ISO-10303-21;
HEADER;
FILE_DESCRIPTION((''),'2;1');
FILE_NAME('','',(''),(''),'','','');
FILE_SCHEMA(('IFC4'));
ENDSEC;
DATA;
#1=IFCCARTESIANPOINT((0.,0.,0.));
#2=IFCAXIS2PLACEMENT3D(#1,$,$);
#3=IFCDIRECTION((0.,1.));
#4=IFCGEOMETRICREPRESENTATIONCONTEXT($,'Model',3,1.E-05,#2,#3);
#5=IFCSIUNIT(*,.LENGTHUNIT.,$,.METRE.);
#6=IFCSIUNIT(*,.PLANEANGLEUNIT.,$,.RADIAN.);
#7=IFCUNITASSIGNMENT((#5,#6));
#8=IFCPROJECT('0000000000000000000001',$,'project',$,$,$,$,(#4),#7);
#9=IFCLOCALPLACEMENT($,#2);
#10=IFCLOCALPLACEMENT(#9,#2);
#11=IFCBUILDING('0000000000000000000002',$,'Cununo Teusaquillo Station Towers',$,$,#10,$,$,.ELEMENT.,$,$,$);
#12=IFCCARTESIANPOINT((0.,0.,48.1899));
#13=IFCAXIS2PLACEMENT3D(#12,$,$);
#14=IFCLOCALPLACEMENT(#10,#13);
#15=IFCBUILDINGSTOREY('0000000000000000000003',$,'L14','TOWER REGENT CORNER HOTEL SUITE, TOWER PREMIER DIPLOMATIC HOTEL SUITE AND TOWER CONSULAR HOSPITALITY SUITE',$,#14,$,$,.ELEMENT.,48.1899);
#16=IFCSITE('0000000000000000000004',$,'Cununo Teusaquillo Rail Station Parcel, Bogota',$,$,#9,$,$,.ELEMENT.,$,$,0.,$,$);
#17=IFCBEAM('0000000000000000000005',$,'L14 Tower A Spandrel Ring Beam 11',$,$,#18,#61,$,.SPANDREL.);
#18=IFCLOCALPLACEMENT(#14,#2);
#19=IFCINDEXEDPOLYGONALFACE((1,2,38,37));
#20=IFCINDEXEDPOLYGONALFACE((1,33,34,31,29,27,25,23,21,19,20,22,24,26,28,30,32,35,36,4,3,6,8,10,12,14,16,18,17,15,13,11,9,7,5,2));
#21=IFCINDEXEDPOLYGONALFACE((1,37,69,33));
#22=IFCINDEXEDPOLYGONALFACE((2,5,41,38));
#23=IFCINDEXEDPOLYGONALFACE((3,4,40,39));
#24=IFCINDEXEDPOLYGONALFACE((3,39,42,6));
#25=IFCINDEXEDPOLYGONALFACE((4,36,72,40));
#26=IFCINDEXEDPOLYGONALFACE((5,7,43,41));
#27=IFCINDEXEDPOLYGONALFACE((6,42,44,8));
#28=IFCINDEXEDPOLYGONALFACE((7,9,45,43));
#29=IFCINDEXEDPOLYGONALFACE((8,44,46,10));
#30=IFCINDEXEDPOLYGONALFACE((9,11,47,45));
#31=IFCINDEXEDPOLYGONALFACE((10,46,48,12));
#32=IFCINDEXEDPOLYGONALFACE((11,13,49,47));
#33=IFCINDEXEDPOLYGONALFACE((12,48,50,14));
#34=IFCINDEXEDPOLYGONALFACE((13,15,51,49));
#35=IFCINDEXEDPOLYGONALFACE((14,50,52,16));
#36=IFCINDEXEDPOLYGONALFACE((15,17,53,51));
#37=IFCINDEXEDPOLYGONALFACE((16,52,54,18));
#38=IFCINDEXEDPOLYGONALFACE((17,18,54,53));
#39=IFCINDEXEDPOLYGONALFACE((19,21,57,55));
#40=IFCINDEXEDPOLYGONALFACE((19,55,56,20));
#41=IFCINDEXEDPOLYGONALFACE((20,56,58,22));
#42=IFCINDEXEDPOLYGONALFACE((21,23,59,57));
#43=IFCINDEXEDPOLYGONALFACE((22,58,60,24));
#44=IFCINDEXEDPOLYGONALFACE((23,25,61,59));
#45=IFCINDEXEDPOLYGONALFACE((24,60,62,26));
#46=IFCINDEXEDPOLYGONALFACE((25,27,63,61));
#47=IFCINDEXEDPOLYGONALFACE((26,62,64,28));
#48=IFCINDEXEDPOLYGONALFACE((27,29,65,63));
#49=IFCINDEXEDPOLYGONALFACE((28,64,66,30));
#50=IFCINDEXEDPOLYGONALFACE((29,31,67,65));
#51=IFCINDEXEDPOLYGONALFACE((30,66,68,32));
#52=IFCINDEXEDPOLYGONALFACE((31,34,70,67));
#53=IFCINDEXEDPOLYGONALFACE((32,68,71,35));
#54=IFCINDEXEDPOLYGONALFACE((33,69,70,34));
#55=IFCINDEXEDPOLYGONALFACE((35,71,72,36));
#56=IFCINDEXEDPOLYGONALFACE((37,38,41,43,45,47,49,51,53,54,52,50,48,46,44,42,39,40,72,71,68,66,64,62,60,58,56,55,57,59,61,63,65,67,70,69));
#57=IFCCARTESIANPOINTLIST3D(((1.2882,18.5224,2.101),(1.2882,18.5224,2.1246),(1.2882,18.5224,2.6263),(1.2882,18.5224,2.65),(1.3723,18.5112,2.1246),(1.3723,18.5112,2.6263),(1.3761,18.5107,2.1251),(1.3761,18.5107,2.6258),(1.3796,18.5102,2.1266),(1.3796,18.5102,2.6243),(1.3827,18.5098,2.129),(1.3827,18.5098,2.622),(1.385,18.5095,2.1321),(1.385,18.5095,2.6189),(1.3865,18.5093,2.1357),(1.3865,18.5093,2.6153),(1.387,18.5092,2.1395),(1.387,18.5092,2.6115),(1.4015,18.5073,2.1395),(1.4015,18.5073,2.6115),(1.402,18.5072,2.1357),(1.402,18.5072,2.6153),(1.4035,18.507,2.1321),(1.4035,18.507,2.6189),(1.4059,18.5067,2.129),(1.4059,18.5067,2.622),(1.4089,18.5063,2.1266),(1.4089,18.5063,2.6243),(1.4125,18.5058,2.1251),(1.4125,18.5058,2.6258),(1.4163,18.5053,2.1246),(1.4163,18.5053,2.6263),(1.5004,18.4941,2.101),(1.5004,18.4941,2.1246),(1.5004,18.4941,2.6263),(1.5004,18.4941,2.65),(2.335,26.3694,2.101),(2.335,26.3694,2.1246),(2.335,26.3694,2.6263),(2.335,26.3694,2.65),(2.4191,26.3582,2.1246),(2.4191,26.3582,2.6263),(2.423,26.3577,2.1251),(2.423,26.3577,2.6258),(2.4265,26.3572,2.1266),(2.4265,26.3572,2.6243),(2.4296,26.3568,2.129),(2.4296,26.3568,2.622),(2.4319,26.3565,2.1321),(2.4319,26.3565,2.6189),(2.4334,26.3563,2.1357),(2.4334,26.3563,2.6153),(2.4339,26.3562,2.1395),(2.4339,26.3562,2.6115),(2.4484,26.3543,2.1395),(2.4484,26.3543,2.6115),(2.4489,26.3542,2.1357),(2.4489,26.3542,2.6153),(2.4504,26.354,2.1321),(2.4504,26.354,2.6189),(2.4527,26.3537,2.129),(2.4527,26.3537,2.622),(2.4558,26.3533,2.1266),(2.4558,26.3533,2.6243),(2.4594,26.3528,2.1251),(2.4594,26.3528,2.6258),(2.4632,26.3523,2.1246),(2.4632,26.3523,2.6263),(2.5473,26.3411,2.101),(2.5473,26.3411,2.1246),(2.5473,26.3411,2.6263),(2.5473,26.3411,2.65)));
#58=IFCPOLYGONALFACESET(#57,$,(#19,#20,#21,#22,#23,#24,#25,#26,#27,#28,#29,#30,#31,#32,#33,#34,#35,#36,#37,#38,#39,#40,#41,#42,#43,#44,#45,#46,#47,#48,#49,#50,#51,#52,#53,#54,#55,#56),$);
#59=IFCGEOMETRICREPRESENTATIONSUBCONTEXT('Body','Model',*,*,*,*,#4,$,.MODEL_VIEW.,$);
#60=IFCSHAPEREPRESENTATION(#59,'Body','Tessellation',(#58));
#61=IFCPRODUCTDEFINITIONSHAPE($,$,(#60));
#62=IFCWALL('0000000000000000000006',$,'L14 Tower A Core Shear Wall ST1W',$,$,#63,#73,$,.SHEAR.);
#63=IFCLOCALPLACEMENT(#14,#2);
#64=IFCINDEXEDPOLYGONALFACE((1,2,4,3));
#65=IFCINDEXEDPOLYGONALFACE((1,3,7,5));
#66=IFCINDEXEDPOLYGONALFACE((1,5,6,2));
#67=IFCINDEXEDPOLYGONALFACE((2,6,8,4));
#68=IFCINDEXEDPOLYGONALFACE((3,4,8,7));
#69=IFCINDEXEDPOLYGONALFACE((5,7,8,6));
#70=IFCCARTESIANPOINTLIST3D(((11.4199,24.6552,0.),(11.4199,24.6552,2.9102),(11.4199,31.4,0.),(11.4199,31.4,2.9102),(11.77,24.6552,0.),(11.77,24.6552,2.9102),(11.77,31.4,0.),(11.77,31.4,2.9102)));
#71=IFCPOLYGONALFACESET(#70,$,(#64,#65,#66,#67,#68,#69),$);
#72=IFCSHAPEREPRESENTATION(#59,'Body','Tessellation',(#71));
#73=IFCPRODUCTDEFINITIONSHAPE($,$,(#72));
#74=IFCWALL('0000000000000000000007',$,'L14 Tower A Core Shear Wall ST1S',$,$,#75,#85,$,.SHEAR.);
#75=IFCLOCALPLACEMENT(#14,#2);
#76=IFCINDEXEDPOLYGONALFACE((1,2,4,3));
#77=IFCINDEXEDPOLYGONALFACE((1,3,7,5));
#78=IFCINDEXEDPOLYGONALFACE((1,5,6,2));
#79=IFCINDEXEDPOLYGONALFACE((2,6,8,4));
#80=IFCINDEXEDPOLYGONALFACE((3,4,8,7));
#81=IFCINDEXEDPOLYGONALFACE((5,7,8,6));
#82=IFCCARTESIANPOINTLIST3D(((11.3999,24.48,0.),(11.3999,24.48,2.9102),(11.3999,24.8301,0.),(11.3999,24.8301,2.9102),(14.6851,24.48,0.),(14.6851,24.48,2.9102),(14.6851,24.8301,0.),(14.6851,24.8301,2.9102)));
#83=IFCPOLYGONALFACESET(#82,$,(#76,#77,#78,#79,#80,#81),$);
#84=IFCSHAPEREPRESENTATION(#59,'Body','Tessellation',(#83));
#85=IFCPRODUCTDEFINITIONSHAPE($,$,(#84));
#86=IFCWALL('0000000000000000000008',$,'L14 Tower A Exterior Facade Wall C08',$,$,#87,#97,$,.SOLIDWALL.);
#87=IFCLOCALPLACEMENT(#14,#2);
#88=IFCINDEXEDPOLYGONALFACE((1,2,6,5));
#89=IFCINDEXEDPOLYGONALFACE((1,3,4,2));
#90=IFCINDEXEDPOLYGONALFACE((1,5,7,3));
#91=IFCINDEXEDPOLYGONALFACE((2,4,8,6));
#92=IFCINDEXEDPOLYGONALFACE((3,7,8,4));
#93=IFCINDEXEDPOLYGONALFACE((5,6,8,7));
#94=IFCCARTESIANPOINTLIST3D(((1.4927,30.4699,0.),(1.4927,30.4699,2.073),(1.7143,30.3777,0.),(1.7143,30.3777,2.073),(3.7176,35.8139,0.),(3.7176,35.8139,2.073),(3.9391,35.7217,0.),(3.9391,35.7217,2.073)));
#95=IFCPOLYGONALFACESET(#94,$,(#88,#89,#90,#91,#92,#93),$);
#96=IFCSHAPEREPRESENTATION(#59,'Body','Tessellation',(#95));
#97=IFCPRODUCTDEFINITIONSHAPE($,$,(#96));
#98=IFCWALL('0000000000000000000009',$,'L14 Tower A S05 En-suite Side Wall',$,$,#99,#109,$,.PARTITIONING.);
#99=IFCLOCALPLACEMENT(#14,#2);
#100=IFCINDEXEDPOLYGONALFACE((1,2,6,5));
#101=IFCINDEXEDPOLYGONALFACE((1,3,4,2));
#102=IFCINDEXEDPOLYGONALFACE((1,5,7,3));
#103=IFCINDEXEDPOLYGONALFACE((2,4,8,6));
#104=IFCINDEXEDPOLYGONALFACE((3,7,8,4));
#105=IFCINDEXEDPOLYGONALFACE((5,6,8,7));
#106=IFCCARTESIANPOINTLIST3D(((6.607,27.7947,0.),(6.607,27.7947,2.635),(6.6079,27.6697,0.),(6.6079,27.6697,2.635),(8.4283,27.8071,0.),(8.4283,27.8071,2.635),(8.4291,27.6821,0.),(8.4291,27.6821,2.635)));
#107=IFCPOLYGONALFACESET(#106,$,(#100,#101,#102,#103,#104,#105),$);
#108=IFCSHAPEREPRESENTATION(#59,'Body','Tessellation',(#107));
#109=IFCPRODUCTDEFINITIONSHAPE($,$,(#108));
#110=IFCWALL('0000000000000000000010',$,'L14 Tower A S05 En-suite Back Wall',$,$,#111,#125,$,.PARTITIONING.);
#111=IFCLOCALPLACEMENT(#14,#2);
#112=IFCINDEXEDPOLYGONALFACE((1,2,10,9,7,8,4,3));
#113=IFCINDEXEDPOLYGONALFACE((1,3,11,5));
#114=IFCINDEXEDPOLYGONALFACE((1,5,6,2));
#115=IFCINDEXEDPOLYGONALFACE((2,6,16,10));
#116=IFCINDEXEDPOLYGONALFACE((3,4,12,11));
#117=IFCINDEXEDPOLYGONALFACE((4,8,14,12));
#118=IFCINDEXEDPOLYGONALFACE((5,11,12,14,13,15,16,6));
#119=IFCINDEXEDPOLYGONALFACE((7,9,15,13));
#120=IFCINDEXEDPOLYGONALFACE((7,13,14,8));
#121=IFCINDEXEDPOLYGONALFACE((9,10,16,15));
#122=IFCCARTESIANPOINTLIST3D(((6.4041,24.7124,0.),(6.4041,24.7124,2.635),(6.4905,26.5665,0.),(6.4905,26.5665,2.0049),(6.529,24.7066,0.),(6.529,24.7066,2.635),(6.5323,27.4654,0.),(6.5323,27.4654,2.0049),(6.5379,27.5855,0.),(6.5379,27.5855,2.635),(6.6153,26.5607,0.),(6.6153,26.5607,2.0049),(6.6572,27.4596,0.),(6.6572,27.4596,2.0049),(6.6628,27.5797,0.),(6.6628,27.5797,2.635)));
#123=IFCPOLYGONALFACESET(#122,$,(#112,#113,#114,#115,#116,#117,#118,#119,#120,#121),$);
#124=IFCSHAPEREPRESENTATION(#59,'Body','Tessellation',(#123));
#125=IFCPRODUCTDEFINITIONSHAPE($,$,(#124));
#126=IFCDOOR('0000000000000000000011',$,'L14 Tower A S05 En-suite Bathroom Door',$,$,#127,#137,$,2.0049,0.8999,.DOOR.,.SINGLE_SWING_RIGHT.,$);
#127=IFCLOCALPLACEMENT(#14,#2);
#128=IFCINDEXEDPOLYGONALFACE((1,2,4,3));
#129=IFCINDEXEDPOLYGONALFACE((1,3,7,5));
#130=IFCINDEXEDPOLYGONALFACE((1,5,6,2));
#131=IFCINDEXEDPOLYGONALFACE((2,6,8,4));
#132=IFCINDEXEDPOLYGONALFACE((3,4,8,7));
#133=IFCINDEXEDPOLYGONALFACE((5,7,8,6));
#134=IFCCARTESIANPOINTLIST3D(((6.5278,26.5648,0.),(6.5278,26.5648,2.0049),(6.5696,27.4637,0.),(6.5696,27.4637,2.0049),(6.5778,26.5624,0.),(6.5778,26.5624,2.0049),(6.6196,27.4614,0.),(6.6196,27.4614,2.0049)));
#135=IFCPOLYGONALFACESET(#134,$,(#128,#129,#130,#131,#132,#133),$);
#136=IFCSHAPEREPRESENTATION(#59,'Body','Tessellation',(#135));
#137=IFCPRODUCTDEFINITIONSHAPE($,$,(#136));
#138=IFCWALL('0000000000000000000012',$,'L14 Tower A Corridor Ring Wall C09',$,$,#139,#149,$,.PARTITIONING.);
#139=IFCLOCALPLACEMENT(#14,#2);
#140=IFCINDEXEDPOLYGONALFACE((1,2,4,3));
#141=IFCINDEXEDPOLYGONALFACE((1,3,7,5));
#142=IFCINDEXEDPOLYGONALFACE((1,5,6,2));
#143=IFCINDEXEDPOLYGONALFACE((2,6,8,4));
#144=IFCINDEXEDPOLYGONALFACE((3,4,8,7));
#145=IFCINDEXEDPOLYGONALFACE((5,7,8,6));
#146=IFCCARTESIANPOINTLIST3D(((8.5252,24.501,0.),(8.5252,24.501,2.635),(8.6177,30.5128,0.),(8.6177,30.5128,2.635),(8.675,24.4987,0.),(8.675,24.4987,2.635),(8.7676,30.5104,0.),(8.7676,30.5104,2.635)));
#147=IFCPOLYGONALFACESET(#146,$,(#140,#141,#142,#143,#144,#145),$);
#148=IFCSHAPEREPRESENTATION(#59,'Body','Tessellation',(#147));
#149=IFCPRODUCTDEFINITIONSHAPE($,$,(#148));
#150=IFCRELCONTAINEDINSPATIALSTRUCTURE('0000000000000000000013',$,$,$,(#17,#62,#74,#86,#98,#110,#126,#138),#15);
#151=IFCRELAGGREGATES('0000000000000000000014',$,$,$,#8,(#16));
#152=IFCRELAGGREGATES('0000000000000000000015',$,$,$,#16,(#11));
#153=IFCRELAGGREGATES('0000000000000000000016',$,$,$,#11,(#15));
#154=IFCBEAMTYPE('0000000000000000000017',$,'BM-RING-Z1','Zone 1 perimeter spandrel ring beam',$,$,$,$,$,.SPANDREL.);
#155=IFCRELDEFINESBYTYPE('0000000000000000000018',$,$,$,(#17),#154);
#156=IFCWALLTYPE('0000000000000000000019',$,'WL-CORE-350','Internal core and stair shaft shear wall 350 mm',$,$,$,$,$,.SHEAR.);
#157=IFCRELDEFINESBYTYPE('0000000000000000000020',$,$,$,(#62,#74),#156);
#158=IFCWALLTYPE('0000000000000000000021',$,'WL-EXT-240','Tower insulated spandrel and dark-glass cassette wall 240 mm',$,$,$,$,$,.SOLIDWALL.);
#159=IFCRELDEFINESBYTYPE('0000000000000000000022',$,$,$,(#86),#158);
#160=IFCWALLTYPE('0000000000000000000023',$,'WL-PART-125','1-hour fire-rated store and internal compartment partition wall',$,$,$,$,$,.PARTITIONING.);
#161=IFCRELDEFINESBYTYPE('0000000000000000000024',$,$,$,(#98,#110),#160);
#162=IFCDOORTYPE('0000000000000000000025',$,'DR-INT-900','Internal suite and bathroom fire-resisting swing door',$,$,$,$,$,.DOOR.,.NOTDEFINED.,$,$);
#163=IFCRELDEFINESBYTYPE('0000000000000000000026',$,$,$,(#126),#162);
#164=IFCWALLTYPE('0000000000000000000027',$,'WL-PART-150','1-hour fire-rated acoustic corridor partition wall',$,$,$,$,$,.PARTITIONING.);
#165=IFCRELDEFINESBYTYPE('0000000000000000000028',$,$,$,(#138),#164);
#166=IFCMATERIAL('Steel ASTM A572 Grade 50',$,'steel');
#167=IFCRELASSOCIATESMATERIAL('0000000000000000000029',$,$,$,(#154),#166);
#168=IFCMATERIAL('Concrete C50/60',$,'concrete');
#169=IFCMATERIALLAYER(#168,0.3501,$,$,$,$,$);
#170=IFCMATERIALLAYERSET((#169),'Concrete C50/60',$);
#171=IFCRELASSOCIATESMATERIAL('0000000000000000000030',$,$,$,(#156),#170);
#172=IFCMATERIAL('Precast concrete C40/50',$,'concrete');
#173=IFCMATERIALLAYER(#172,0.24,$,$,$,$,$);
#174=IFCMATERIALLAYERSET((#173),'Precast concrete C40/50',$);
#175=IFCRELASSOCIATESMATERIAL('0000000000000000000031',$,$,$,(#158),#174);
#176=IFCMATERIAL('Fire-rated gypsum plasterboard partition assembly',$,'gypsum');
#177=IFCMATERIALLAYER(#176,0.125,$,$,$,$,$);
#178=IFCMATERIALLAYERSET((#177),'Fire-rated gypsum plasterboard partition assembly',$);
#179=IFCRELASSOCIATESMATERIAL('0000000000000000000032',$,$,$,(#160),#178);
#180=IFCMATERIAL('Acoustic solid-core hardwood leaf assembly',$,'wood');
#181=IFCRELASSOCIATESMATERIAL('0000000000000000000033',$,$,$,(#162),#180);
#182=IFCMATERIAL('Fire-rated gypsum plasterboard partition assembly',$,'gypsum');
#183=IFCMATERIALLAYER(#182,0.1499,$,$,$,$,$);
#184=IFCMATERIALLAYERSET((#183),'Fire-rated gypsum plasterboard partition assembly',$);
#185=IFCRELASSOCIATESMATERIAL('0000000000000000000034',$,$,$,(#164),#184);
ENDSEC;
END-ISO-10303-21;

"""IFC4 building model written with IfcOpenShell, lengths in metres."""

from ifc_helpers import new_model, si_unit, direction, frame, frame_2d, origin, origin_2d, place, context, subcontext, project, spatial, rectangle, i_section, extrude, source, transform, mapped, material, layer, layer_set, material_profile, profile_set, type_object, element, fill, save


model = new_model("IFC4")

# Units and contexts
model_context = context("Model", 3, precision=1e-05, world=origin(), true_north=direction((0.0, 1.0)))
body_context = subcontext(model_context, "Body", "Model", "MODEL_VIEW")
ifc_project = project(units=[si_unit("LENGTHUNIT", "METRE"), si_unit("PLANEANGLEUNIT", "RADIAN")], contexts=[model_context])

# Site, building, storey
site_placement = place(None, origin())
site = spatial("IfcSite", under=ifc_project, at=site_placement, Name="Cununo Teusaquillo Rail Station Parcel, Bogota", CompositionType="ELEMENT", RefElevation=0.0)
building_placement = place(site_placement, origin())
building = spatial("IfcBuilding", under=site, at=building_placement, Name="Cununo Teusaquillo Station Towers", CompositionType="ELEMENT")
storey_placement = place(building_placement, frame((0.0, 0.0, 48.1899)))
storey = spatial("IfcBuildingStorey", under=building, at=storey_placement, Name="L14", Description="TOWER REGENT CORNER HOTEL SUITE, TOWER PREMIER DIPLOMATIC HOTEL SUITE AND TOWER CONSULAR HOSPITALITY SUITE", CompositionType="ELEMENT", Elevation=48.1899)

# Beam
ifc_material_1 = material(Name="Steel ASTM A572 Grade 50", Category="steel")
ifc_material_profile_1 = material_profile(ifc_material_1, i_section(OverallWidth=0.2141, OverallDepth=0.5491, WebThickness=0.0146, FlangeThickness=0.0237, FilletRadius=0.0149, at=origin_2d()), Name="W21X93")
ifc_profile_set_1 = profile_set([ifc_material_profile_1], Name="Steel ASTM A572 Grade 50")
beam_type_1 = type_object("IfcBeamType", Name="BM-RING-Z1", Description="Zone 1 perimeter spandrel ring beam", PredefinedType="SPANDREL", material=ifc_profile_set_1)
beam_1_placement = place(storey_placement, frame((2.4412, 26.3552, 2.3755), z_axis=(-0.13224, -0.991218, 0.0), x_axis=(0.991218, -0.13224, 0.0)))
element("IfcBeam", 1, at=beam_1_placement, inside=storey, type_object=beam_type_1, Name="L14 Tower A Spandrel Ring Beam 11", PredefinedType="SPANDREL", context=body_context, shape_type="SweptSolid", body=[
    extrude(i_section(OverallWidth=0.2141, OverallDepth=0.5491, WebThickness=0.0146, FlangeThickness=0.0237, FilletRadius=0.0149, at=origin_2d()), origin(), (0.0, 0.0, 1.0), 7.9165),
])

# Walls
ifc_material_2 = material(Name="Concrete C50/60", Category="concrete")
ifc_layer_1 = layer(ifc_material_2, 0.3501)
ifc_layer_set_1 = layer_set([ifc_layer_1], Name="Concrete C50/60")
wall_type_1 = type_object("IfcWallType", Name="WL-CORE-350", Description="Internal core and stair shaft shear wall 350 mm", PredefinedType="SHEAR", material=ifc_layer_set_1)
wall_1_placement = place(storey_placement, frame((11.595, 24.655, 0.0), z_axis=(0.0, 0.0, 1.0), x_axis=(0.0, 1.0, 0.0)))
element("IfcWall", 2, at=wall_1_placement, inside=storey, type_object=wall_type_1, Name="L14 Tower A Core Shear Wall ST1W", PredefinedType="SHEAR", context=body_context, shape_type="SweptSolid", body=[
    extrude(rectangle(XDim=6.7449, YDim=0.3501, at=frame_2d((3.3726, 0.0))), origin(), (0.0, 0.0, 1.0), 2.9102),
])
wall_2_placement = place(storey_placement, frame((11.3999, 24.655, 0.0), z_axis=(0.0, 0.0, 1.0), x_axis=(1.0, 0.0, 0.0)))
element("IfcWall", 3, at=wall_2_placement, inside=storey, type_object=wall_type_1, Name="L14 Tower A Core Shear Wall ST1S", PredefinedType="SHEAR", context=body_context, shape_type="SweptSolid", body=[
    extrude(rectangle(XDim=3.2852, YDim=0.3501, at=frame_2d((1.6426, 0.0))), origin(), (0.0, 0.0, 1.0), 2.9102),
])
ifc_material_3 = material(Name="Precast concrete C40/50", Category="concrete")
ifc_layer_2 = layer(ifc_material_3, 0.24)
ifc_layer_set_2 = layer_set([ifc_layer_2], Name="Precast concrete C40/50")
wall_type_2 = type_object("IfcWallType", Name="WL-EXT-240", Description="Tower insulated spandrel and dark-glass cassette wall 240 mm", PredefinedType="SOLIDWALL", material=ifc_layer_set_2)
wall_3_placement = place(storey_placement, frame((1.6035, 30.4238, 0.0), z_axis=(0.0, 0.0, 1.0), x_axis=(0.384349, 0.923188, 0.0)))
element("IfcWall", 4, at=wall_3_placement, inside=storey, type_object=wall_type_2, Name="L14 Tower A Exterior Facade Wall C08", PredefinedType="SOLIDWALL", context=body_context, shape_type="SweptSolid", body=[
    extrude(rectangle(XDim=5.7886, YDim=0.24, at=frame_2d((2.8943, 0.0))), origin(), (0.0, 0.0, 1.0), 2.073),
])
ifc_material_4 = material(Name="Fire-rated gypsum plasterboard partition assembly", Category="gypsum")
ifc_layer_3 = layer(ifc_material_4, 0.125)
ifc_layer_set_3 = layer_set([ifc_layer_3], Name="Fire-rated gypsum plasterboard partition assembly")
wall_type_3 = type_object("IfcWallType", Name="WL-PART-125", Description="1-hour fire-rated store and internal compartment partition wall", PredefinedType="PARTITIONING", material=ifc_layer_set_3)
wall_4_placement = place(storey_placement, frame((8.4287, 27.7446, 0.0), z_axis=(0.0, 0.0, 1.0), x_axis=(-0.999977, -0.006836, 0.0)))
element("IfcWall", 5, at=wall_4_placement, inside=storey, type_object=wall_type_3, Name="L14 Tower A S05 En-suite Side Wall", PredefinedType="PARTITIONING", context=body_context, shape_type="SweptSolid", body=[
    extrude(rectangle(XDim=1.8213, YDim=0.125, at=frame_2d((0.9106, 0.0))), origin(), (0.0, 0.0, 1.0), 2.635),
])

# Wall, opening, door
wall_5_placement = place(storey_placement, frame((6.6003, 27.5825, 0.0), z_axis=(0.0, 0.0, 1.0), x_axis=(-0.046517, -0.998918, 0.0)))
wall_5 = element("IfcWall", 6, at=wall_5_placement, inside=storey, type_object=wall_type_3, Name="L14 Tower A S05 En-suite Back Wall", PredefinedType="PARTITIONING", context=body_context, shape_type="SweptSolid", body=[
    extrude(rectangle(XDim=2.8762, YDim=0.125, at=frame_2d((1.438, 0.0))), origin(), (0.0, 0.0, 1.0), 2.635),
])
shared_shape_1 = source(origin(), body_context, "Body", "SweptSolid", [
    extrude(rectangle(XDim=0.8999, YDim=2.0049, at=frame_2d((0.45, 1.0024))), frame((0.0, 0.0725, 0.0), z_axis=(0.0, -1.0, 0.0), x_axis=(1.0, 0.0, 0.0)), (0.0, 0.0, 1.0), 0.145),
])
opening_1_placement = place(wall_5_placement, frame((0.1201, 0.0, 0.0)))
opening_1 = element("IfcOpeningElement", 7, at=opening_1_placement, cuts=wall_5, PredefinedType="OPENING", context=body_context, shape_type="MappedRepresentation", body=[
    mapped(shared_shape_1, transform((0.0, 0.0, 0.0), x_axis=(1.0, 0.0, 0.0), y_axis=(0.0, 1.0, 0.0), z_axis=(0.0, 0.0, 1.0), scale=1.0)),
])
ifc_material_5 = material(Name="Acoustic solid-core hardwood leaf assembly", Category="wood")
door_type_1 = type_object("IfcDoorType", Name="DR-INT-900", Description="Internal suite and bathroom fire-resisting swing door", OperationType="NOTDEFINED", PredefinedType="DOOR", material=ifc_material_5)
shared_shape_2 = source(origin(), body_context, "Body", "SweptSolid", [
    extrude(rectangle(XDim=0.8999, YDim=2.0049, at=frame_2d((0.45, 1.0024))), frame((0.0, 0.0249, 0.0), z_axis=(0.0, -1.0, 0.0), x_axis=(1.0, 0.0, 0.0)), (0.0, 0.0, 1.0), 0.05),
])
door_1_placement = place(opening_1_placement, origin())
door_1 = element("IfcDoor", 8, at=door_1_placement, inside=storey, type_object=door_type_1, Name="L14 Tower A S05 En-suite Bathroom Door", OperationType="SINGLE_SWING_RIGHT", OverallHeight=2.0049, OverallWidth=0.8999, PredefinedType="DOOR", context=body_context, shape_type="MappedRepresentation", body=[
    mapped(shared_shape_2, transform((0.0, 0.0, 0.0), x_axis=(1.0, 0.0, 0.0), y_axis=(0.0, 1.0, 0.0), z_axis=(0.0, 0.0, 1.0), scale=1.0)),
])
fill(opening_1, door_1)

# Wall
ifc_material_6 = material(Name="Fire-rated gypsum plasterboard partition assembly", Category="gypsum")
ifc_layer_4 = layer(ifc_material_6, 0.1499)
ifc_layer_set_4 = layer_set([ifc_layer_4], Name="Fire-rated gypsum plasterboard partition assembly")
wall_type_4 = type_object("IfcWallType", Name="WL-PART-150", Description="1-hour fire-rated acoustic corridor partition wall", PredefinedType="PARTITIONING", material=ifc_layer_set_4)
wall_6_placement = place(storey_placement, frame((8.6926, 30.5117, 0.0), z_axis=(0.0, 0.0, 1.0), x_axis=(-0.01539, -0.999882, 0.0)))
element("IfcWall", 9, at=wall_6_placement, inside=storey, type_object=wall_type_4, Name="L14 Tower A Corridor Ring Wall C09", PredefinedType="PARTITIONING", context=body_context, shape_type="SweptSolid", body=[
    extrude(rectangle(XDim=6.0125, YDim=0.1499, at=frame_2d((3.0063, 0.0))), origin(), (0.0, 0.0, 1.0), 2.635),
])

save(model, "model.ifc")
